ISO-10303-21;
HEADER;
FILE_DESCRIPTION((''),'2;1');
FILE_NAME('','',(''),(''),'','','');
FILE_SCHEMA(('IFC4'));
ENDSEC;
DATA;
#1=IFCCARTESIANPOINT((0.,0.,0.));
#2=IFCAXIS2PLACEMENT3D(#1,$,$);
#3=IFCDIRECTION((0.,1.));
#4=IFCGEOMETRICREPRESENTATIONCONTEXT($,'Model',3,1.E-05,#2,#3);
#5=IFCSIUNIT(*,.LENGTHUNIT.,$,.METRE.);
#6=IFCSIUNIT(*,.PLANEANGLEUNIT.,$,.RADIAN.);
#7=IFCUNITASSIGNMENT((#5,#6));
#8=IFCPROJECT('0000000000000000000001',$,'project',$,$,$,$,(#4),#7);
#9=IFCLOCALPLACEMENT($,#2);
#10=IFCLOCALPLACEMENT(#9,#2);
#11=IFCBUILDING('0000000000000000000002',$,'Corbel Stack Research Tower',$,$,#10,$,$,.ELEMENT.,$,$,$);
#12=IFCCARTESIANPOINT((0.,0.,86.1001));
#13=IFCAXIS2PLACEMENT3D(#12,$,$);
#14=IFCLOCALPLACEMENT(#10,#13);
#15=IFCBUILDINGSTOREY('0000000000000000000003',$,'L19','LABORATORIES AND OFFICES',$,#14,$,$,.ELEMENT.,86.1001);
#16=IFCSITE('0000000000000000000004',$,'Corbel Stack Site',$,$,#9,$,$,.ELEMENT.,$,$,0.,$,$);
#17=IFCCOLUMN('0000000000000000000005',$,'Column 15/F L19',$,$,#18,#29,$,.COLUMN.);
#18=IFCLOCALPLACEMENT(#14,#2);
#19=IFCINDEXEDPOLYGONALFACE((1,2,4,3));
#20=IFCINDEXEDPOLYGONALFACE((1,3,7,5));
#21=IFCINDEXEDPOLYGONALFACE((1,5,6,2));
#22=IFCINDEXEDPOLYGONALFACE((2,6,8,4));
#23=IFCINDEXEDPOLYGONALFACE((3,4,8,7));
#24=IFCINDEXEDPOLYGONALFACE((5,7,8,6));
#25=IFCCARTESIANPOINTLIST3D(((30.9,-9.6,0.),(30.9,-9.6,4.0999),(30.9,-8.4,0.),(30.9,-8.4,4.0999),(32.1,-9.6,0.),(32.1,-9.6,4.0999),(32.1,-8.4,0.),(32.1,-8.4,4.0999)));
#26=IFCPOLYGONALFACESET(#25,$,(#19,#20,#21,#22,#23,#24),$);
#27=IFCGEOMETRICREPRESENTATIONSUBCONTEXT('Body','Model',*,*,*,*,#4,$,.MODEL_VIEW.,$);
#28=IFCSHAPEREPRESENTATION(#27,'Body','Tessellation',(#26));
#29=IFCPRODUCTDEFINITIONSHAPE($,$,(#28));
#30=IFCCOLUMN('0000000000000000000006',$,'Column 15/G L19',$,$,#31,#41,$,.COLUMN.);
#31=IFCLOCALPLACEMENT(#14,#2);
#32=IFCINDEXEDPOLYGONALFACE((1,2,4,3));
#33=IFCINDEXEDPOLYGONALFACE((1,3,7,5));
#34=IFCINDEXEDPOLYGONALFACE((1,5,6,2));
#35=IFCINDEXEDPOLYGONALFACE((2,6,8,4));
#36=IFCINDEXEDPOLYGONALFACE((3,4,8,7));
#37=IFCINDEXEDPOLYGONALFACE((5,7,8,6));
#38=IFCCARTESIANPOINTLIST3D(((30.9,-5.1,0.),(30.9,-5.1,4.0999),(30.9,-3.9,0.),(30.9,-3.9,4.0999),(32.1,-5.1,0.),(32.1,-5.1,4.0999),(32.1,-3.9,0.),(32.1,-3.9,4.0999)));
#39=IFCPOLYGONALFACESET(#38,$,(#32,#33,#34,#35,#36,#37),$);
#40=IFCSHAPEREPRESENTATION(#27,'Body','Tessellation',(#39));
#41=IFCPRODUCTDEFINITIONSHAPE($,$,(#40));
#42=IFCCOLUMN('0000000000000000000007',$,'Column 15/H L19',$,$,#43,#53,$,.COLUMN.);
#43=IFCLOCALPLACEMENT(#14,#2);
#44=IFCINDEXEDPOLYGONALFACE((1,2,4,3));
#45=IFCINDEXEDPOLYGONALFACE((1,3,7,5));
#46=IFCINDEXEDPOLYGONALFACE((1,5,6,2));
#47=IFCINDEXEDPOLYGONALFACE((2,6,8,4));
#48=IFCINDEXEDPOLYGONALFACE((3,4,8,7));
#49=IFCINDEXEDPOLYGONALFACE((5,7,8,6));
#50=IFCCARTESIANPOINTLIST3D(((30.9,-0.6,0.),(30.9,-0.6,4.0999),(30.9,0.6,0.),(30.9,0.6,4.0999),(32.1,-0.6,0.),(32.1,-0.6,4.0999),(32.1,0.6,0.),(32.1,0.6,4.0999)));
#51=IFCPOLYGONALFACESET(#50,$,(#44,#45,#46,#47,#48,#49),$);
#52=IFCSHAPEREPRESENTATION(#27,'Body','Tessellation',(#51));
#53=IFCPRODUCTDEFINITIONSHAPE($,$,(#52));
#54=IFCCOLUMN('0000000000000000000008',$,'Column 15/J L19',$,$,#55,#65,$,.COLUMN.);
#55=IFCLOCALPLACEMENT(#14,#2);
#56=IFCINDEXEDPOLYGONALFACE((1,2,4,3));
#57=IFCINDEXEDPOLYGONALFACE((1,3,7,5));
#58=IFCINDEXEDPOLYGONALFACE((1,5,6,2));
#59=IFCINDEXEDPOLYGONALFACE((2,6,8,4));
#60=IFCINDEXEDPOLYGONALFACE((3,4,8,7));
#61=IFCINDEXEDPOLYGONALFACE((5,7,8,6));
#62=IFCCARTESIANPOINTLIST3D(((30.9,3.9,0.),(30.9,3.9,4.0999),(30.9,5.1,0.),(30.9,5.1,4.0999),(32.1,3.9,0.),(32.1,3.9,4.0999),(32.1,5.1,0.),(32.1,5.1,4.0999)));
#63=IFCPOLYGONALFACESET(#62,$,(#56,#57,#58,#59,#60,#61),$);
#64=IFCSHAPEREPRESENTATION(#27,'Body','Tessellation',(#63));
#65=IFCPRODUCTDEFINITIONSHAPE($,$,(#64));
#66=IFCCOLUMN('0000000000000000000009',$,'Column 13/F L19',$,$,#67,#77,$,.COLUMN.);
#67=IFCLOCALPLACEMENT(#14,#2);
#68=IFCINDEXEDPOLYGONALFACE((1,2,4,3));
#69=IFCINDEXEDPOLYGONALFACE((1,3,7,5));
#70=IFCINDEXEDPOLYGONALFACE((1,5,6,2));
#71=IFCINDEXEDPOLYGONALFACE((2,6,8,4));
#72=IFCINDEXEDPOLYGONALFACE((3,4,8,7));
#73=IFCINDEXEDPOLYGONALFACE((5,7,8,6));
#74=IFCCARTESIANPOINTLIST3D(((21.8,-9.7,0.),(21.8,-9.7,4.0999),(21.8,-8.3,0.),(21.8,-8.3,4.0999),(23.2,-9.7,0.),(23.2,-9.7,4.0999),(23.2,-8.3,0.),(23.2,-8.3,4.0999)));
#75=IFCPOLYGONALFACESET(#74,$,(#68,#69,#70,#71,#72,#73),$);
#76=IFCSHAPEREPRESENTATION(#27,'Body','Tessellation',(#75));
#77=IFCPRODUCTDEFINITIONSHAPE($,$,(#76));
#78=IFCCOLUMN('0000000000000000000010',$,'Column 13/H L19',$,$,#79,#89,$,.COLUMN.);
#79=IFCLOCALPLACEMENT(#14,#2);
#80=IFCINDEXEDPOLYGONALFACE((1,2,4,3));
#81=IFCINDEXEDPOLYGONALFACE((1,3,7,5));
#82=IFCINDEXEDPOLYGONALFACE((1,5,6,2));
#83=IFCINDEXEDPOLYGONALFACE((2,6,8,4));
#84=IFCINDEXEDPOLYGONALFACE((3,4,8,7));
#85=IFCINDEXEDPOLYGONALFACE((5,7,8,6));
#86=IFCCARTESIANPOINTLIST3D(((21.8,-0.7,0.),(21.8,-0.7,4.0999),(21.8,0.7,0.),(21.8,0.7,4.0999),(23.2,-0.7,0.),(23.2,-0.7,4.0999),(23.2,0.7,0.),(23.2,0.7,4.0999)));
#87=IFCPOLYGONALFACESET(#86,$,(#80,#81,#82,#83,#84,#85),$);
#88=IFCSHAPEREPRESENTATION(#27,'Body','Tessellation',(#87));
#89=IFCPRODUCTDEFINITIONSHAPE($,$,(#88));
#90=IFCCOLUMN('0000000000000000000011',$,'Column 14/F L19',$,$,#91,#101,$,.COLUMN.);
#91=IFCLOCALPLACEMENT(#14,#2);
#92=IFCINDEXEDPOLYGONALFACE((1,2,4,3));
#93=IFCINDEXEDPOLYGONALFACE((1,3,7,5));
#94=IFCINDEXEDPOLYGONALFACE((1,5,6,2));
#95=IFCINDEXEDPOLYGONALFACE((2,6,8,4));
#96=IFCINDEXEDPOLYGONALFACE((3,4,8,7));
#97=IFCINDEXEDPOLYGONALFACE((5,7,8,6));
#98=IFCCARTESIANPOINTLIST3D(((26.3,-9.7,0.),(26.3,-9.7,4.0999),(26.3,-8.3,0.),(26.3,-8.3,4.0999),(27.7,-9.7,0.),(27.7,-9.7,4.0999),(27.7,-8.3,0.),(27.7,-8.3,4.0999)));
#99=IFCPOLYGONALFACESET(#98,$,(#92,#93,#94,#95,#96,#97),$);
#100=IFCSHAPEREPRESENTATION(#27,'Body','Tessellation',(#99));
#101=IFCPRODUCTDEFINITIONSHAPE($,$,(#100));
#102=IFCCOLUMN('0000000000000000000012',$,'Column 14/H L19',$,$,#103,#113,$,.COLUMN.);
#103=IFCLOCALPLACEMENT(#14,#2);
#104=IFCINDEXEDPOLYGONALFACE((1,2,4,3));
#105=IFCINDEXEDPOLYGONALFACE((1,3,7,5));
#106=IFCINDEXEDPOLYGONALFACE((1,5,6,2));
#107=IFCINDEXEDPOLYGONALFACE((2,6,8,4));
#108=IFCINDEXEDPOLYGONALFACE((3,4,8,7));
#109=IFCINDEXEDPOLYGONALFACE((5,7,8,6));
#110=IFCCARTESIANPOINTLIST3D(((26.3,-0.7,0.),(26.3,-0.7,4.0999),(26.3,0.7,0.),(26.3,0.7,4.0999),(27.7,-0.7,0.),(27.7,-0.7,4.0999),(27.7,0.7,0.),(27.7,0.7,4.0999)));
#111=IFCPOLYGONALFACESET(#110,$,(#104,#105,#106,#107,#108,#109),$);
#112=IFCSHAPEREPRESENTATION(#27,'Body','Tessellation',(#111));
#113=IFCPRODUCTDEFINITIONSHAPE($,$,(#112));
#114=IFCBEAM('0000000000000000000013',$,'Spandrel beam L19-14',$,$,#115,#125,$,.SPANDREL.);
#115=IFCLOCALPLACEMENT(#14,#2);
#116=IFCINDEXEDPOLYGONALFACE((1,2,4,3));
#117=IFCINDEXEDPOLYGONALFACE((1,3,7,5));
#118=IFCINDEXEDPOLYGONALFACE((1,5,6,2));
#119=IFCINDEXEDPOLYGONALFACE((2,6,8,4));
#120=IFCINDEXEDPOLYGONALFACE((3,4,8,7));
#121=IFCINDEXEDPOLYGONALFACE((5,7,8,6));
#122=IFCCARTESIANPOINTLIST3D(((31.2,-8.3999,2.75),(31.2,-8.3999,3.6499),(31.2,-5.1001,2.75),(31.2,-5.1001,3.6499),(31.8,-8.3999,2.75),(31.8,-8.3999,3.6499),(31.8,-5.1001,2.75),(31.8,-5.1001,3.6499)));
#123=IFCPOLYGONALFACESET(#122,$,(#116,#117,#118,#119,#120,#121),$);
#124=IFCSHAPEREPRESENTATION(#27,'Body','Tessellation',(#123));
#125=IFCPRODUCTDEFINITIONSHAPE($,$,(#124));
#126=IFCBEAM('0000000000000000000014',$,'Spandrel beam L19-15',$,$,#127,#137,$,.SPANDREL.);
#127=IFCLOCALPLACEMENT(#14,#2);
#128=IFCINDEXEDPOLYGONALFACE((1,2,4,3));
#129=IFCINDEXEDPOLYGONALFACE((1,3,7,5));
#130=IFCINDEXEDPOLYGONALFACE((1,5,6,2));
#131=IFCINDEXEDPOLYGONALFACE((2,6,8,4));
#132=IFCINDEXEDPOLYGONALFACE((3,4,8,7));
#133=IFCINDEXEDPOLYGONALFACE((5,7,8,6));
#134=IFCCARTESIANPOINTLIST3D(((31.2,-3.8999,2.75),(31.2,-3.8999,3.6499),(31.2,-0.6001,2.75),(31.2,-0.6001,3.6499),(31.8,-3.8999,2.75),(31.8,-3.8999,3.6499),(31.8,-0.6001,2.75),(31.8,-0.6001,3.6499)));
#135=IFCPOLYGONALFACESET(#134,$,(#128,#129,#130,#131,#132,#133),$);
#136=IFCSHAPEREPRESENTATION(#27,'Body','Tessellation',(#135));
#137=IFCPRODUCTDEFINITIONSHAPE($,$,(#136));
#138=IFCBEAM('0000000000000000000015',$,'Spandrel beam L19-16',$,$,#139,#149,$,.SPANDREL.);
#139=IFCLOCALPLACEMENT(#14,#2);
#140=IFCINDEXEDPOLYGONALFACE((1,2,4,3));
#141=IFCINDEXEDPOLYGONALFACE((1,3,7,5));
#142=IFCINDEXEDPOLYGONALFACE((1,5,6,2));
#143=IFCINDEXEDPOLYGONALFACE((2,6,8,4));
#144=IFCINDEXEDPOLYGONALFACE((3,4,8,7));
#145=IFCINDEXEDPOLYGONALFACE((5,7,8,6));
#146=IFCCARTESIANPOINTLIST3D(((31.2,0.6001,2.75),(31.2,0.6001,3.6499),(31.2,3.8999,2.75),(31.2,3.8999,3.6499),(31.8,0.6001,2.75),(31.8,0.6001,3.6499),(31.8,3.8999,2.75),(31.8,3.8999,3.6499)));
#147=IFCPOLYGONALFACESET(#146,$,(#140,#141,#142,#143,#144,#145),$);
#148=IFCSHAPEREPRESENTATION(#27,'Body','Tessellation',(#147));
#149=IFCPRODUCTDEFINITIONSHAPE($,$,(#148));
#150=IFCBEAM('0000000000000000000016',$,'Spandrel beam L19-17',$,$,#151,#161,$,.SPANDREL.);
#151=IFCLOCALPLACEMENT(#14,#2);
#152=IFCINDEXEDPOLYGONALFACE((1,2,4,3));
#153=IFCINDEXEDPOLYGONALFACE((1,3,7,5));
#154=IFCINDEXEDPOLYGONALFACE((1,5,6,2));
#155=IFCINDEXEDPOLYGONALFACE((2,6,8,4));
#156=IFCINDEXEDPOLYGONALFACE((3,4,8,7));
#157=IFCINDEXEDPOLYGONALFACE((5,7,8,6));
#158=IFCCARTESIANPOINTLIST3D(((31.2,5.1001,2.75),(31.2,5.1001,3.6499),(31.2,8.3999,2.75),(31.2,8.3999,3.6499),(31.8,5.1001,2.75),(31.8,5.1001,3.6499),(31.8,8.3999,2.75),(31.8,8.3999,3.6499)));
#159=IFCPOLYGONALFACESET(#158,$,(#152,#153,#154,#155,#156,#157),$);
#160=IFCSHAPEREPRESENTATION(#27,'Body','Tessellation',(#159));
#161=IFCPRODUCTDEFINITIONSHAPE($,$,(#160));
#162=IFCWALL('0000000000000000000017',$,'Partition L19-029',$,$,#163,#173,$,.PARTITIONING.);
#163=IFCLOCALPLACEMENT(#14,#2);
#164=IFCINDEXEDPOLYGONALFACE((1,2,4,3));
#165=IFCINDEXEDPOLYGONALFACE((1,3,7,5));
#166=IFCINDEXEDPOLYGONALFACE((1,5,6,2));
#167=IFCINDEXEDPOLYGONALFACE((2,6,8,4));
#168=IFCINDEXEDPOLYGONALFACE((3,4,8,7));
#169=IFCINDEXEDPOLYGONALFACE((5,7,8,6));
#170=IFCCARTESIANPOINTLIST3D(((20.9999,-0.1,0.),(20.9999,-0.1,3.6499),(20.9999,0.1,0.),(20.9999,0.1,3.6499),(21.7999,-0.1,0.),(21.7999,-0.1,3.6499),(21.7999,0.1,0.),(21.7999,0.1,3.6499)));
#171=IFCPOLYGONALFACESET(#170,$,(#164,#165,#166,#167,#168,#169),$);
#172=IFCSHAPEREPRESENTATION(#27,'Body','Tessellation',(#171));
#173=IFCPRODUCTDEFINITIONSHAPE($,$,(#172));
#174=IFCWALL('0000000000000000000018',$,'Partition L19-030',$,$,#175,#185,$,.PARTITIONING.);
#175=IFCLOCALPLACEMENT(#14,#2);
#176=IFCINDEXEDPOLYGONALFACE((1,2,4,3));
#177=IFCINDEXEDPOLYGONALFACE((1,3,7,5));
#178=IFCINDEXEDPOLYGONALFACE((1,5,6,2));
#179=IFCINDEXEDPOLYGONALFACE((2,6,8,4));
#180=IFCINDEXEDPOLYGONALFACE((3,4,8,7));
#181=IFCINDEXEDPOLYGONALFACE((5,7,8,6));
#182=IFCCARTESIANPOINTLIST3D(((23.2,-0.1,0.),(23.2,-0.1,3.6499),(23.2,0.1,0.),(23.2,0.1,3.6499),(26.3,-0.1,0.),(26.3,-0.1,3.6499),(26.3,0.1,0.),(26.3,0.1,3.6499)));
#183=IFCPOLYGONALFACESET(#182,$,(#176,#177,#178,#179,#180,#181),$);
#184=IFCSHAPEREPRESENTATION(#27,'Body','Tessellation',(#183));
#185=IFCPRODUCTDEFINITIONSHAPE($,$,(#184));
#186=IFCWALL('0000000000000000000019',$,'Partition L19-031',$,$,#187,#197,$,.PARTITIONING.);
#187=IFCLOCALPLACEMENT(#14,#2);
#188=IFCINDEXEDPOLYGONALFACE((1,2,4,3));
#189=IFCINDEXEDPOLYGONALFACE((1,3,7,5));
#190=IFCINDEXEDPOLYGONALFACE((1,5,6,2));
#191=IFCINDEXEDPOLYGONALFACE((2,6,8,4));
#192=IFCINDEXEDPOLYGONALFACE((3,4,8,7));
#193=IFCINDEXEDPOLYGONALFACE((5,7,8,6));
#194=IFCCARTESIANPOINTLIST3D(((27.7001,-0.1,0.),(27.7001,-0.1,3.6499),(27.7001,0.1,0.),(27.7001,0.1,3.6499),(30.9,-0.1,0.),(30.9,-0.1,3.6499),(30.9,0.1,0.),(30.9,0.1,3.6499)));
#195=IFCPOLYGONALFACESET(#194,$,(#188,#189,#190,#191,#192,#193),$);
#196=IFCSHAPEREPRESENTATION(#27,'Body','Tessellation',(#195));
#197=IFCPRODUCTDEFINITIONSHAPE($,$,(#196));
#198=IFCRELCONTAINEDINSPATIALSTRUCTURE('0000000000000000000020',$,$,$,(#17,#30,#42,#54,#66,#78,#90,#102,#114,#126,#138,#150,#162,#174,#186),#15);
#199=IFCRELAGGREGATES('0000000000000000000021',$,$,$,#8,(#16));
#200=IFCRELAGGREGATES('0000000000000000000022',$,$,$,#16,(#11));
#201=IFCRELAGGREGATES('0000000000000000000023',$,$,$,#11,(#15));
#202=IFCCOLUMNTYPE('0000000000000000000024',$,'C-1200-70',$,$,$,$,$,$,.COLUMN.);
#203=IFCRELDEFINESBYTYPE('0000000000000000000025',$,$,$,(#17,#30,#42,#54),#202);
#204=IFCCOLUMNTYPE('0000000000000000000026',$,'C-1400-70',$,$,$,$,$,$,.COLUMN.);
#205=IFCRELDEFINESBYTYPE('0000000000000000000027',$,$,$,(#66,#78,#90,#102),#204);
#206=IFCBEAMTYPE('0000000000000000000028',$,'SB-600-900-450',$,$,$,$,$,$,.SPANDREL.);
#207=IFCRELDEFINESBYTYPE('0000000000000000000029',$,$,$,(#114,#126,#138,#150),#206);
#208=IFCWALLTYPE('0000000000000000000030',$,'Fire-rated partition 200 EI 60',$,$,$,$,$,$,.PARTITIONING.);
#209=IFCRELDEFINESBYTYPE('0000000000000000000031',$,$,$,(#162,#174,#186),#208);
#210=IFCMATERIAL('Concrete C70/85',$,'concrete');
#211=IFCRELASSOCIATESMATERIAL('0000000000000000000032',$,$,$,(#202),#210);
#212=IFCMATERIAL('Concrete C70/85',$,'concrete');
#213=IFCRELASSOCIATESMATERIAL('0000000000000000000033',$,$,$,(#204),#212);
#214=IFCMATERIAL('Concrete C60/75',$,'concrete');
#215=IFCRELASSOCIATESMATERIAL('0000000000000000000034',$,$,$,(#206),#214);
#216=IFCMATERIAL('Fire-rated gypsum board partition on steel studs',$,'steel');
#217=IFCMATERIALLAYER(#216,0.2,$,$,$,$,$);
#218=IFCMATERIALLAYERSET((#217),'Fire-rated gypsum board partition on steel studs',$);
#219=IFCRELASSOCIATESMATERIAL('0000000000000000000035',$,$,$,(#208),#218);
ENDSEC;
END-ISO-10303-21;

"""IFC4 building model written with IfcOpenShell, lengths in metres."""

from ifc_helpers import new_model, si_unit, direction, frame, frame_2d, origin, origin_2d, place, context, subcontext, project, spatial, rectangle, extrude, material, layer, layer_set, material_profile, profile_set, type_object, element, save


model = new_model("IFC4")

# Units and contexts
model_context = context("Model", 3, precision=1e-05, world=origin(), true_north=direction((0.0, 1.0)))
body_context = subcontext(model_context, "Body", "Model", "MODEL_VIEW")
ifc_project = project(units=[si_unit("LENGTHUNIT", "METRE"), si_unit("PLANEANGLEUNIT", "RADIAN")], contexts=[model_context])

# Site, building, storey
site_placement = place(None, origin())
site = spatial("IfcSite", under=ifc_project, at=site_placement, Name="Corbel Stack Site", CompositionType="ELEMENT", RefElevation=0.0)
building_placement = place(site_placement, origin())
building = spatial("IfcBuilding", under=site, at=building_placement, Name="Corbel Stack Research Tower", CompositionType="ELEMENT")
storey_placement = place(building_placement, frame((0.0, 0.0, 86.1001)))
storey = spatial("IfcBuildingStorey", under=building, at=storey_placement, Name="L19", Description="LABORATORIES AND OFFICES", CompositionType="ELEMENT", Elevation=86.1001)

# Columns
ifc_material_1 = material(Name="Concrete C70/85", Category="concrete")
ifc_material_profile_1 = material_profile(ifc_material_1, rectangle(XDim=1.2, YDim=1.2, at=origin_2d()), Name="RC 1200 x 1200")
ifc_profile_set_1 = profile_set([ifc_material_profile_1], Name="Concrete C70/85")
column_type_1 = type_object("IfcColumnType", Name="C-1200-70", PredefinedType="COLUMN", material=ifc_profile_set_1)
for number, where, z_axis, x_axis, name in (
    (1, (31.5, -9.0, 0.0), (0.0, 0.0, 1.0), (1.0, 0.0, 0.0), "Column 15/F L19"),
    (2, (31.5, -4.5, 0.0), (0.0, 0.0, 1.0), (1.0, 0.0, 0.0), "Column 15/G L19"),
    (3, (31.5, 0.0, 0.0), (0.0, 0.0, 1.0), (1.0, 0.0, 0.0), "Column 15/H L19"),
    (4, (31.5, 4.5, 0.0), (0.0, 0.0, 1.0), (1.0, 0.0, 0.0), "Column 15/J L19"),
):
    element("IfcColumn", number, at=place(storey_placement, frame(where, z_axis=z_axis, x_axis=x_axis)), inside=storey, type_object=column_type_1, Name=name, PredefinedType="COLUMN", context=body_context, shape_type="SweptSolid", body=[
        extrude(rectangle(XDim=1.2, YDim=1.2, at=origin_2d()), origin(), (0.0, 0.0, 1.0), 4.0999),
    ])
ifc_material_2 = material(Name="Concrete C70/85", Category="concrete")
ifc_material_profile_2 = material_profile(ifc_material_2, rectangle(XDim=1.3999, YDim=1.3999, at=origin_2d()), Name="RC 1400 x 1400")
ifc_profile_set_2 = profile_set([ifc_material_profile_2], Name="Concrete C70/85")
column_type_2 = type_object("IfcColumnType", Name="C-1400-70", PredefinedType="COLUMN", material=ifc_profile_set_2)
for number, where, z_axis, x_axis, name in (
    (5, (22.5, -9.0, 0.0), (0.0, 0.0, 1.0), (1.0, 0.0, 0.0), "Column 13/F L19"),
    (6, (22.5, 0.0, 0.0), (0.0, 0.0, 1.0), (1.0, 0.0, 0.0), "Column 13/H L19"),
    (7, (27.0, -9.0, 0.0), (0.0, 0.0, 1.0), (1.0, 0.0, 0.0), "Column 14/F L19"),
    (8, (27.0, 0.0, 0.0), (0.0, 0.0, 1.0), (1.0, 0.0, 0.0), "Column 14/H L19"),
):
    element("IfcColumn", number, at=place(storey_placement, frame(where, z_axis=z_axis, x_axis=x_axis)), inside=storey, type_object=column_type_2, Name=name, PredefinedType="COLUMN", context=body_context, shape_type="SweptSolid", body=[
        extrude(rectangle(XDim=1.3999, YDim=1.3999, at=origin_2d()), origin(), (0.0, 0.0, 1.0), 4.0999),
    ])

# Beams
ifc_material_3 = material(Name="Concrete C60/75", Category="concrete")
ifc_material_profile_3 = material_profile(ifc_material_3, rectangle(XDim=0.6001, YDim=0.8999, at=origin_2d()), Name="RC 600 x 900")
ifc_profile_set_3 = profile_set([ifc_material_profile_3], Name="Concrete C60/75")
beam_type = type_object("IfcBeamType", Name="SB-600-900-450", PredefinedType="SPANDREL", material=ifc_profile_set_3)
for number, where, z_axis, x_axis, name in (
    (9, (31.5, -8.3999, 3.2), (0.0, 1.0, 0.0), (-1.0, 0.0, 0.0), "Spandrel beam L19-14"),
    (10, (31.5, -3.8999, 3.2), (0.0, 1.0, 0.0), (-1.0, 0.0, 0.0), "Spandrel beam L19-15"),
    (11, (31.5, 0.6001, 3.2), (0.0, 1.0, 0.0), (-1.0, 0.0, 0.0), "Spandrel beam L19-16"),
    (12, (31.5, 5.1001, 3.2), (0.0, 1.0, 0.0), (-1.0, 0.0, 0.0), "Spandrel beam L19-17"),
):
    element("IfcBeam", number, at=place(storey_placement, frame(where, z_axis=z_axis, x_axis=x_axis)), inside=storey, type_object=beam_type, Name=name, PredefinedType="SPANDREL", context=body_context, shape_type="SweptSolid", body=[
        extrude(rectangle(XDim=0.6001, YDim=0.8999, at=origin_2d()), origin(), (0.0, 0.0, 1.0), 3.2998),
    ])

# Walls
ifc_material_4 = material(Name="Fire-rated gypsum board partition on steel studs", Category="steel")
ifc_layer_1 = layer(ifc_material_4, 0.2)
ifc_layer_set_1 = layer_set([ifc_layer_1], Name="Fire-rated gypsum board partition on steel studs")
wall_type_1 = type_object("IfcWallType", Name="Fire-rated partition 200 EI 60", PredefinedType="PARTITIONING", material=ifc_layer_set_1)
wall_1_placement = place(storey_placement, frame((21.0, 0.0, 0.0), z_axis=(0.0, 0.0, 1.0), x_axis=(1.0, 0.0, 0.0)))
element("IfcWall", 13, at=wall_1_placement, inside=storey, type_object=wall_type_1, Name="Partition L19-029", PredefinedType="PARTITIONING", context=body_context, shape_type="SweptSolid", body=[
    extrude(rectangle(XDim=0.8, YDim=0.2, at=frame_2d((0.3999, 0.0))), origin(), (0.0, 0.0, 1.0), 3.6499),
])
wall_2_placement = place(storey_placement, frame((23.2, 0.0, 0.0), z_axis=(0.0, 0.0, 1.0), x_axis=(1.0, 0.0, 0.0)))
element("IfcWall", 14, at=wall_2_placement, inside=storey, type_object=wall_type_1, Name="Partition L19-030", PredefinedType="PARTITIONING", context=body_context, shape_type="SweptSolid", body=[
    extrude(rectangle(XDim=3.1001, YDim=0.2, at=frame_2d((1.55, 0.0))), origin(), (0.0, 0.0, 1.0), 3.6499),
])
wall_3_placement = place(storey_placement, frame((27.7, 0.0, 0.0), z_axis=(0.0, 0.0, 1.0), x_axis=(1.0, 0.0, 0.0)))
element("IfcWall", 15, at=wall_3_placement, inside=storey, type_object=wall_type_1, Name="Partition L19-031", PredefinedType="PARTITIONING", context=body_context, shape_type="SweptSolid", body=[
    extrude(rectangle(XDim=3.2, YDim=0.2, at=frame_2d((1.6001, 0.0))), origin(), (0.0, 0.0, 1.0), 3.6499),
])

save(model, "model.ifc")
